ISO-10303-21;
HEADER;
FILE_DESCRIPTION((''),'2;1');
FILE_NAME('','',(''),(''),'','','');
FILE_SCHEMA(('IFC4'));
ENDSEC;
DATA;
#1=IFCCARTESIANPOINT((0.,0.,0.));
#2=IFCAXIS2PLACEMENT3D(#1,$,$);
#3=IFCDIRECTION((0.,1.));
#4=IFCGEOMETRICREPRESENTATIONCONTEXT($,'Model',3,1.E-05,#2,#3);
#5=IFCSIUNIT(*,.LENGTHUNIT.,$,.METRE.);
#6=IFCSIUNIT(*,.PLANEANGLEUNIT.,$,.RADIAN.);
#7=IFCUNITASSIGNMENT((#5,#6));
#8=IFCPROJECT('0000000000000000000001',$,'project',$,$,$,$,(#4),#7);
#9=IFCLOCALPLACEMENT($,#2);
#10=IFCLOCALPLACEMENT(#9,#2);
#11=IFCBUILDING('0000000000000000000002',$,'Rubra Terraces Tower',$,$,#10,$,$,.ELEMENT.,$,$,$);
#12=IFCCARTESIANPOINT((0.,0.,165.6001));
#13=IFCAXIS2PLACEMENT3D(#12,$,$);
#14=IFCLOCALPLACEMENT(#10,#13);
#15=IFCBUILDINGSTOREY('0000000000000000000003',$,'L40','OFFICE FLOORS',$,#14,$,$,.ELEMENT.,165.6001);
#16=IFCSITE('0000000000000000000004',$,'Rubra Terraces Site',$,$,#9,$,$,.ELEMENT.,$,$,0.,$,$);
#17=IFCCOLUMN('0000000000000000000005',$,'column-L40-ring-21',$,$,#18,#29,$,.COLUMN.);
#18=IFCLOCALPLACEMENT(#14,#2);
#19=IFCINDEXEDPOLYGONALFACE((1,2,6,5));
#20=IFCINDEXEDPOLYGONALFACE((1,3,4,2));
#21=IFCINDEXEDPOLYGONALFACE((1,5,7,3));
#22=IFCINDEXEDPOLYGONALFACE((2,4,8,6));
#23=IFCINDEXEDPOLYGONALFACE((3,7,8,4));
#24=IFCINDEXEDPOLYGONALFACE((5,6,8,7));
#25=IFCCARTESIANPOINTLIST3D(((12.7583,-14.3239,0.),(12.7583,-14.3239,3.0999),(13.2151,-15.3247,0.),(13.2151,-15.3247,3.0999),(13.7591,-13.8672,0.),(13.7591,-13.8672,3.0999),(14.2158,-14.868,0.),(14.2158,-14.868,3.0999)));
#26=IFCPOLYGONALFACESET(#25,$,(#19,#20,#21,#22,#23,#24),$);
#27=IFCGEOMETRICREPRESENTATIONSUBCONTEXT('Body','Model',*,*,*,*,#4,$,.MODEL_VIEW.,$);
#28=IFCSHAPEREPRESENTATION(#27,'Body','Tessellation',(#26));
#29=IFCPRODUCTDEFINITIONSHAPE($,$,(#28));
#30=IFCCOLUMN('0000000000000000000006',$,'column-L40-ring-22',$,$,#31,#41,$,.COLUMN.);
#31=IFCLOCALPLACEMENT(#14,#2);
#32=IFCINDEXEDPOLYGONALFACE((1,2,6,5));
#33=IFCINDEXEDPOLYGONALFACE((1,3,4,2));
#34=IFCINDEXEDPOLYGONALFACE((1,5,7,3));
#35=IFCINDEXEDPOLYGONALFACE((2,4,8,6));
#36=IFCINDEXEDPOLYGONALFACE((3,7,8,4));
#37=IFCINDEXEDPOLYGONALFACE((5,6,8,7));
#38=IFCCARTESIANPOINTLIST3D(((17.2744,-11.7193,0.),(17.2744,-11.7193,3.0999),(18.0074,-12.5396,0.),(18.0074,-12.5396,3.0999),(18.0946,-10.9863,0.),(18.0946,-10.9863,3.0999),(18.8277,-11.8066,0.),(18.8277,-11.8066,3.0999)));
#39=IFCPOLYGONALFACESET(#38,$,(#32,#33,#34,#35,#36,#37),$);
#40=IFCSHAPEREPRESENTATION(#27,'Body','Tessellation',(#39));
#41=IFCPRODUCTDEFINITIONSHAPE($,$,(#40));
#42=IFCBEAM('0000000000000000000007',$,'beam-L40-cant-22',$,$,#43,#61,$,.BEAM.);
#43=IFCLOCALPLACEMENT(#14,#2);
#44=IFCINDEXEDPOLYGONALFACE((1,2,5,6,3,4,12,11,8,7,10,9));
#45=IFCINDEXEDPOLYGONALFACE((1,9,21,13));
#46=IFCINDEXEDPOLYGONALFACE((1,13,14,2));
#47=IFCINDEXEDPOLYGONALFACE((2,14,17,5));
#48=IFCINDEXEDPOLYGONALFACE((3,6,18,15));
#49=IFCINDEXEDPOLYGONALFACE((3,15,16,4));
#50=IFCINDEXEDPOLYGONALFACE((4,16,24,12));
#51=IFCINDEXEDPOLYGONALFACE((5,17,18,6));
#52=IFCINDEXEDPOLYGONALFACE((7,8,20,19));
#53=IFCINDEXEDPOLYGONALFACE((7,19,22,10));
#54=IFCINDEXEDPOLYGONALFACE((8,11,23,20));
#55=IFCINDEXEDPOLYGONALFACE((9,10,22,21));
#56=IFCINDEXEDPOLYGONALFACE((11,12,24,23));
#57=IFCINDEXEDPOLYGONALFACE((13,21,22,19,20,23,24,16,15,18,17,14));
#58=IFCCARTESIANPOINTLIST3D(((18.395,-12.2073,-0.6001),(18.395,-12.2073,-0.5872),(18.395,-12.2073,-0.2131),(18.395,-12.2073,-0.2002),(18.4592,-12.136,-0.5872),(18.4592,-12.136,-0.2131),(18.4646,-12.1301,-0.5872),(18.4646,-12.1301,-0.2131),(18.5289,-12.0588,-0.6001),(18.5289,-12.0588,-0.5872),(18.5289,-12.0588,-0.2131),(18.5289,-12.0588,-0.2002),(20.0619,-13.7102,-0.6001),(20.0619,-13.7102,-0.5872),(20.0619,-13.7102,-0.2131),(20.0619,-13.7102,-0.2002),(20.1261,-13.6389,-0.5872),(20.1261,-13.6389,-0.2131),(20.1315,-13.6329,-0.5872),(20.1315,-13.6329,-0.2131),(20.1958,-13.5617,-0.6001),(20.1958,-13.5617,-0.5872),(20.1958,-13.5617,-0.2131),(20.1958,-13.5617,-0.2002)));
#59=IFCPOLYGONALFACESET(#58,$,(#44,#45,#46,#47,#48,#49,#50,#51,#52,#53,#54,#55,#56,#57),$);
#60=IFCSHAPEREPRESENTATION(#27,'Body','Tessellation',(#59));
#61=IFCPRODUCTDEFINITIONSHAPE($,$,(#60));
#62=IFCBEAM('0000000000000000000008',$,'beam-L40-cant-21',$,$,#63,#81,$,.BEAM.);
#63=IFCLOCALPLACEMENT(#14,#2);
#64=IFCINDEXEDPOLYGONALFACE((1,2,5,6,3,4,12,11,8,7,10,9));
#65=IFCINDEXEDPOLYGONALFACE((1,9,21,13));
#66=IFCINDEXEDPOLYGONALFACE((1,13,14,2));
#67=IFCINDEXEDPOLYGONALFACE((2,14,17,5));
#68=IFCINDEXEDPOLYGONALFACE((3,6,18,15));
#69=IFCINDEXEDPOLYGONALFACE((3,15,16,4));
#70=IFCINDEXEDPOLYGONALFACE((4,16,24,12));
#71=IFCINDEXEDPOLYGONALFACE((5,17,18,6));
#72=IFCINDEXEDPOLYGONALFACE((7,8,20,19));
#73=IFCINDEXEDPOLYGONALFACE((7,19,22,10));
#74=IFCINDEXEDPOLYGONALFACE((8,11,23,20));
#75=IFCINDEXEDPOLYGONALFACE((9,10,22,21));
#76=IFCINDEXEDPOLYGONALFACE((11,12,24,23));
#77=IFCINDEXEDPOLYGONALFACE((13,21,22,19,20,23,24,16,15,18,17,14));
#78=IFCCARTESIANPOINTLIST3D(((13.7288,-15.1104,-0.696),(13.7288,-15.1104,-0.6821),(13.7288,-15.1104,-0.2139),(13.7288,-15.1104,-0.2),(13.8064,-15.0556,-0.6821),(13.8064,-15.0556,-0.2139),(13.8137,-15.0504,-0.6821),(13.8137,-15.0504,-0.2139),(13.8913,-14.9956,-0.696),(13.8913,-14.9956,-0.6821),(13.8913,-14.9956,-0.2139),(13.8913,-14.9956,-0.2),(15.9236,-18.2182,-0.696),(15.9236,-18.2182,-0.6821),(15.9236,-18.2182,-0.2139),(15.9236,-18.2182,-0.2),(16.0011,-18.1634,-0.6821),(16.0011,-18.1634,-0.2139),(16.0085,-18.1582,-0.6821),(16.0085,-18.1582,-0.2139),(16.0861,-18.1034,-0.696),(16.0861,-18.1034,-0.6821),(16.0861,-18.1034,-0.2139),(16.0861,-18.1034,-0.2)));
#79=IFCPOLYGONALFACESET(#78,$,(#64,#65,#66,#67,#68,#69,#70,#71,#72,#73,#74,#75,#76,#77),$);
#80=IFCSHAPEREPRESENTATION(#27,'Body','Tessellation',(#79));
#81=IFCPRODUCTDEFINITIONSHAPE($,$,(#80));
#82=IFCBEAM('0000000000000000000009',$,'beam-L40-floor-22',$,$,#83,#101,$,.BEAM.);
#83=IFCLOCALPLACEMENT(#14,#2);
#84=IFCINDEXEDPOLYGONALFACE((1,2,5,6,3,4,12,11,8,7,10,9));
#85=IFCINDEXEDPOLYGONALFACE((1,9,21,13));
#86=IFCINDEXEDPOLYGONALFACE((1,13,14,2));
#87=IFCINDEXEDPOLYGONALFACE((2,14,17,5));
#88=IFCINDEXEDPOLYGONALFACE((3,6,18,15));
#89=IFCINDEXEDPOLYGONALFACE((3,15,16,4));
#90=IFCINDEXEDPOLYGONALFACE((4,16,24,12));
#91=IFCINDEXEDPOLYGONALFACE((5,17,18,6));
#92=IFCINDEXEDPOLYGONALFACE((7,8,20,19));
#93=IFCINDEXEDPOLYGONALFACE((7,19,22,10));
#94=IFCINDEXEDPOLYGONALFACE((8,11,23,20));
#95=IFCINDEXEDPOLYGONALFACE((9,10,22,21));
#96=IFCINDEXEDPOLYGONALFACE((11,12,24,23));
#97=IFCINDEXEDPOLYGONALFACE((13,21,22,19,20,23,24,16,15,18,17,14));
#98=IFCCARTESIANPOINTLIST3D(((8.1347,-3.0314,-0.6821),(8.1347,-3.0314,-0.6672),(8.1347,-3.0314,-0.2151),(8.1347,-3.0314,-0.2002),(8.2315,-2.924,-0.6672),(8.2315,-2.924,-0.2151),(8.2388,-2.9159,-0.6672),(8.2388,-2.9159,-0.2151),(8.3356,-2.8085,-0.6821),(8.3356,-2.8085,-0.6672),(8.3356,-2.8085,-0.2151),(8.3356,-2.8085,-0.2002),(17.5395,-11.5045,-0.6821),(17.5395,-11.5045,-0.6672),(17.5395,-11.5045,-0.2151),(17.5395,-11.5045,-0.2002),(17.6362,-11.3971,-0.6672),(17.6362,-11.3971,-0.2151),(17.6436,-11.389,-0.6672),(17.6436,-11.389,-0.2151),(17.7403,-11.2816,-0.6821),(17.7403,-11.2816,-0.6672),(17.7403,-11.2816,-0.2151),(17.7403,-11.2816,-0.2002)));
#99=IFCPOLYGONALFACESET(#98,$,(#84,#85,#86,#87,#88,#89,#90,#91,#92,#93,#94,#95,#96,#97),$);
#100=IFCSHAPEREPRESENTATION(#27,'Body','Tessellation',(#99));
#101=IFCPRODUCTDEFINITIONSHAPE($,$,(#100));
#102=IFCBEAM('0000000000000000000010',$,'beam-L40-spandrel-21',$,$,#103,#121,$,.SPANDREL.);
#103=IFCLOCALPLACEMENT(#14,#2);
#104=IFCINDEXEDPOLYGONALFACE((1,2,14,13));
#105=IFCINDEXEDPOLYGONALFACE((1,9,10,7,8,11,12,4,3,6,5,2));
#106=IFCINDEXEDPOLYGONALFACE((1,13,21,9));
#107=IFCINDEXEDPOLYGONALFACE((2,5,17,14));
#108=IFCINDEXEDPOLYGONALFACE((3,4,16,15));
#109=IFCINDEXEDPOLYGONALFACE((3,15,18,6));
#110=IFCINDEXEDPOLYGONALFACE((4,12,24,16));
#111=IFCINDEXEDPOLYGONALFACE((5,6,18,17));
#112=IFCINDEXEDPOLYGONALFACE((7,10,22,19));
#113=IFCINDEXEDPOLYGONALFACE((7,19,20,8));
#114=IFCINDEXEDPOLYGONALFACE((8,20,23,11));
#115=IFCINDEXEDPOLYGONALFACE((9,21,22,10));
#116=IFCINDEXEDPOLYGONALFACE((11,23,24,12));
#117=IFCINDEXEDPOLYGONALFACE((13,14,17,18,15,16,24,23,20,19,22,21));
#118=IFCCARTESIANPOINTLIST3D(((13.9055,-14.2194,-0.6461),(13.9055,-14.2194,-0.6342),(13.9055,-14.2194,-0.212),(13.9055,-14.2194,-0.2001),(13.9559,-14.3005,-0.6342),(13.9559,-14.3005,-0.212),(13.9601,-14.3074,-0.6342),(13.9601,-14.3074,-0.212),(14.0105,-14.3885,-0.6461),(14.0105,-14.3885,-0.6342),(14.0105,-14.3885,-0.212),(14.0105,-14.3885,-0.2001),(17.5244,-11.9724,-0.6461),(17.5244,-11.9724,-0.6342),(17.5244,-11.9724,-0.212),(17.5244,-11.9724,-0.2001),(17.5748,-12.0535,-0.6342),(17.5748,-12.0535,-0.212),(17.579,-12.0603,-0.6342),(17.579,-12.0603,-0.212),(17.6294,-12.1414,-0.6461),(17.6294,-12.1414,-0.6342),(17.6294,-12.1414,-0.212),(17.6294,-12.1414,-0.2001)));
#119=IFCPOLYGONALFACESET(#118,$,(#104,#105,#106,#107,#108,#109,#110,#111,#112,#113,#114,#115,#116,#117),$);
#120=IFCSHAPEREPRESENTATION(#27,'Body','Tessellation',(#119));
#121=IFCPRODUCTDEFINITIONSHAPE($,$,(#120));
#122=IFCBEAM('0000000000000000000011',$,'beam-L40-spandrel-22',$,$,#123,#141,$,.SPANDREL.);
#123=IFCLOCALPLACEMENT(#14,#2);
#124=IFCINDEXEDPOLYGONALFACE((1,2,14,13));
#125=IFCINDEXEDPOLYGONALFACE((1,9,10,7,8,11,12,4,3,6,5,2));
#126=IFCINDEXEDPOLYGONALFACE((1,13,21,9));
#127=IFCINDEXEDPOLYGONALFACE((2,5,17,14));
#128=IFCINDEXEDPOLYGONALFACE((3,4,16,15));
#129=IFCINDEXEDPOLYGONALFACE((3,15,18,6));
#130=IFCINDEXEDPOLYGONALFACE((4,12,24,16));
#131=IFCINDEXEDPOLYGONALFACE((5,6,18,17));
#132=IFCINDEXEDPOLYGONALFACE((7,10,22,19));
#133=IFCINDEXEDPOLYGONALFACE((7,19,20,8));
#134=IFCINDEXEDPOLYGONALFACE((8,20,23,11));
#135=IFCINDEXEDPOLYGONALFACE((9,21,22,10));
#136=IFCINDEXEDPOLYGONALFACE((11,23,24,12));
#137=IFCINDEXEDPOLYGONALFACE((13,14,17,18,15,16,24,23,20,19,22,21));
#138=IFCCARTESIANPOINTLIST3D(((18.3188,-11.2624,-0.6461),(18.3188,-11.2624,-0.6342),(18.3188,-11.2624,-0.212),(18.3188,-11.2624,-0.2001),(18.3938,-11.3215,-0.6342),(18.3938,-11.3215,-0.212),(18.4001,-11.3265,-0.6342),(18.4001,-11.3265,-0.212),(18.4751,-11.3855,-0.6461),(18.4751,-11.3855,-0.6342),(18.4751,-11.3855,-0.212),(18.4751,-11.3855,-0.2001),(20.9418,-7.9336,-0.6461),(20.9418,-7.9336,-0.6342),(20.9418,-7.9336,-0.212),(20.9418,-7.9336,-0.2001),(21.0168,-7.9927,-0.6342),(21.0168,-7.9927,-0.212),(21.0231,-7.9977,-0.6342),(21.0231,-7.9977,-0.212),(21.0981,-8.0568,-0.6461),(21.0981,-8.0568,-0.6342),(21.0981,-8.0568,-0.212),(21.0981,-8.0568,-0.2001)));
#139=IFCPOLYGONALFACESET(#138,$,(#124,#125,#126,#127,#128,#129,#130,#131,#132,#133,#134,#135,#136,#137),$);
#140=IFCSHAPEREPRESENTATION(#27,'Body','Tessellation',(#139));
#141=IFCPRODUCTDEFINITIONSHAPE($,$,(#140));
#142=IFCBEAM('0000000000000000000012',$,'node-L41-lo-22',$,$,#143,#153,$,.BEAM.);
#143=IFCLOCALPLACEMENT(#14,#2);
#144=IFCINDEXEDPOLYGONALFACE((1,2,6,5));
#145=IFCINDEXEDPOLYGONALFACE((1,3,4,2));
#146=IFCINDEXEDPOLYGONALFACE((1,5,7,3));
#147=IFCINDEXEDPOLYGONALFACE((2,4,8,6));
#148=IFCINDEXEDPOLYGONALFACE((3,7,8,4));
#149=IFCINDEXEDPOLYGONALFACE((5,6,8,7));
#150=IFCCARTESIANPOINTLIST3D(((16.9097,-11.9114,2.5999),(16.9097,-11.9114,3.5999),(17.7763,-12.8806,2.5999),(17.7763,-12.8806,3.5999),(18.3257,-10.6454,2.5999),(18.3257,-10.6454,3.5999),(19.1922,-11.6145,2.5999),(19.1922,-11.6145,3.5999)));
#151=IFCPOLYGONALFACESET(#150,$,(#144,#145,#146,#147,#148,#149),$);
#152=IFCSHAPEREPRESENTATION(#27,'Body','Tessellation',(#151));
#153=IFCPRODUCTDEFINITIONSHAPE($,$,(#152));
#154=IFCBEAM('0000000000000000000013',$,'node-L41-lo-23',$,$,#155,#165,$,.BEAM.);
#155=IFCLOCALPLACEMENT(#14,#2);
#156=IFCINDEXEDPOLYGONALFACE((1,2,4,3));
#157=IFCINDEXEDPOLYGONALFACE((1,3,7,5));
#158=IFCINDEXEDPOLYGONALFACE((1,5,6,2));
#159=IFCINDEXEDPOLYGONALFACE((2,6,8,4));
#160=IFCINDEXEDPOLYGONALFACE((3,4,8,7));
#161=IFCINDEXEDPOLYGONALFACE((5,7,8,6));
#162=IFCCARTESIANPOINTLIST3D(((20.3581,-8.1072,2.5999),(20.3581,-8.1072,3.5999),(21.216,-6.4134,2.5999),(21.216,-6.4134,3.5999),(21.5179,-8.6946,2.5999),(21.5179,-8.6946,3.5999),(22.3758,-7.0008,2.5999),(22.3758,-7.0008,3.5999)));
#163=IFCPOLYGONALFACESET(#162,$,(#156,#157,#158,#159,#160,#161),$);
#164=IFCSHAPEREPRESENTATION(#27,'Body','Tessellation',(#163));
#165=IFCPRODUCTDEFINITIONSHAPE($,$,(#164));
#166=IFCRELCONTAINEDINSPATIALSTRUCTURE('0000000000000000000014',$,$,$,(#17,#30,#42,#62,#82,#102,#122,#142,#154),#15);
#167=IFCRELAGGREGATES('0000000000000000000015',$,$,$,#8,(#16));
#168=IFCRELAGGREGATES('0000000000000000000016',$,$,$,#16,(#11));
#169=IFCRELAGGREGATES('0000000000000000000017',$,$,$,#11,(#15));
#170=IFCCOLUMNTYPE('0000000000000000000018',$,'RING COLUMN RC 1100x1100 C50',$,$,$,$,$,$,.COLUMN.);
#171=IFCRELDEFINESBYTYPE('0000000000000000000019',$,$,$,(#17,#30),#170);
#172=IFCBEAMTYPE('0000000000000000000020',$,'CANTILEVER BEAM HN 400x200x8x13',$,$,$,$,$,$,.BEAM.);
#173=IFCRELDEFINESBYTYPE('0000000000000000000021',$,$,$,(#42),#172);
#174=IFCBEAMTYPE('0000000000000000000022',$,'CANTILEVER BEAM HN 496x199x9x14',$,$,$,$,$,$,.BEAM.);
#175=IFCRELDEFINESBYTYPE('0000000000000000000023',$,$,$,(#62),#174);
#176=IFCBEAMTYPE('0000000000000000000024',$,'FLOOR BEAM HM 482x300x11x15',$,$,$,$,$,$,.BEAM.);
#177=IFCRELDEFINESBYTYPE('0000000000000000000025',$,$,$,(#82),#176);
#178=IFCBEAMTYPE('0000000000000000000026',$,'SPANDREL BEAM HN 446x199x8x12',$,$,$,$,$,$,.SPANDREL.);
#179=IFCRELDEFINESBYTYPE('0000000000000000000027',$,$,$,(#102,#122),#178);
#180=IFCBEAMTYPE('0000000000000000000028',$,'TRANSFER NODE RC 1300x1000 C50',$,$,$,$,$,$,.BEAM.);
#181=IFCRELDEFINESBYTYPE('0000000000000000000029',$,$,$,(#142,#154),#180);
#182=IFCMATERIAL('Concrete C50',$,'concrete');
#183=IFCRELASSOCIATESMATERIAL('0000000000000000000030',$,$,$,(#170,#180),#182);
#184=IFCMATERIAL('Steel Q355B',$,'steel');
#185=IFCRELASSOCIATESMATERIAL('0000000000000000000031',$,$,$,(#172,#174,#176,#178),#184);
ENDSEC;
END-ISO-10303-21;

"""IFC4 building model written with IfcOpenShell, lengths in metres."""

from ifc_helpers import new_model, si_unit, direction, frame, origin, origin_2d, place, context, subcontext, project, spatial, rectangle, i_section, extrude, material, material_profile, profile_set, type_object, element, save


model = new_model("IFC4")

# Units and contexts
model_context = context("Model", 3, precision=1e-05, world=origin(), true_north=direction((0.0, 1.0)))
body_context = subcontext(model_context, "Body", "Model", "MODEL_VIEW")
ifc_project = project(units=[si_unit("LENGTHUNIT", "METRE"), si_unit("PLANEANGLEUNIT", "RADIAN")], contexts=[model_context])

# Site, building, storey
site_placement = place(None, origin())
site = spatial("IfcSite", under=ifc_project, at=site_placement, Name="Rubra Terraces Site", CompositionType="ELEMENT", RefElevation=0.0)
building_placement = place(site_placement, origin())
building = spatial("IfcBuilding", under=site, at=building_placement, Name="Rubra Terraces Tower", CompositionType="ELEMENT")
storey_placement = place(building_placement, frame((0.0, 0.0, 165.6001)))
storey = spatial("IfcBuildingStorey", under=building, at=storey_placement, Name="L40", Description="OFFICE FLOORS", CompositionType="ELEMENT", Elevation=165.6001)

# Columns
ifc_material_1 = material(Name="Concrete C50", Category="concrete")
ifc_material_profile_1 = material_profile(ifc_material_1, rectangle(XDim=1.1001, YDim=1.1001, at=origin_2d()), Name="RC 1100x1100")
ifc_profile_set_1 = profile_set([ifc_material_profile_1], Name="Concrete C50")
column_type = type_object("IfcColumnType", Name="RING COLUMN RC 1100x1100 C50", PredefinedType="COLUMN", material=ifc_profile_set_1)
for number, where, z_axis, x_axis, name in (
    (1, (13.4871, -14.5959, 0.0), (0.0, 0.0, 1.0), (0.909726, 0.415208, 0.0), "column-L40-ring-21"),
    (2, (18.051, -11.7629, 0.0), (0.0, 0.0, 1.0), (0.745642, 0.666347, 0.0), "column-L40-ring-22"),
):
    element("IfcColumn", number, at=place(storey_placement, frame(where, z_axis=z_axis, x_axis=x_axis)), inside=storey, type_object=column_type, Name=name, PredefinedType="COLUMN", context=body_context, shape_type="SweptSolid", body=[
        extrude(rectangle(XDim=1.1001, YDim=1.1001, at=origin_2d()), origin(), (0.0, 0.0, 1.0), 3.0999),
    ])

# Beams
ifc_material_2 = material(Name="Steel Q355B", Category="steel")
ifc_material_profile_2 = material_profile(ifc_material_2, i_section(OverallWidth=0.2, OverallDepth=0.3999, WebThickness=0.0081, FlangeThickness=0.0129, at=origin_2d()), Name="HN 400x200x8x13")
ifc_profile_set_2 = profile_set([ifc_material_profile_2], Name="Steel Q355B")
beam_type_1 = type_object("IfcBeamType", Name="CANTILEVER BEAM HN 400x200x8x13", PredefinedType="BEAM", material=ifc_profile_set_2)
beam_1_placement = place(storey_placement, frame((18.4619, -12.1331, -0.4001), z_axis=(0.74271, -0.669614, 0.0), x_axis=(0.669614, 0.74271, 0.0)))
element("IfcBeam", 3, at=beam_1_placement, inside=storey, type_object=beam_type_1, Name="beam-L40-cant-22", PredefinedType="BEAM", context=body_context, shape_type="SweptSolid", body=[
    extrude(i_section(OverallWidth=0.2, OverallDepth=0.3999, WebThickness=0.0081, FlangeThickness=0.0129, at=origin_2d()), origin(), (0.0, 0.0, 1.0), 2.2444),
])
ifc_material_profile_3 = material_profile(ifc_material_2, i_section(OverallWidth=0.199, OverallDepth=0.4961, WebThickness=0.009, FlangeThickness=0.0139, at=origin_2d()), Name="HN 496x199x9x14")
ifc_profile_set_3 = profile_set([ifc_material_profile_3], Name="Steel Q355B")
beam_type_2 = type_object("IfcBeamType", Name="CANTILEVER BEAM HN 496x199x9x14", PredefinedType="BEAM", material=ifc_profile_set_3)
beam_2_placement = place(storey_placement, frame((13.8101, -15.053, -0.448), z_axis=(0.57686, -0.816843, 0.0), x_axis=(0.816843, 0.57686, 0.0)))
element("IfcBeam", 4, at=beam_2_placement, inside=storey, type_object=beam_type_2, Name="beam-L40-cant-21", PredefinedType="BEAM", context=body_context, shape_type="SweptSolid", body=[
    extrude(i_section(OverallWidth=0.199, OverallDepth=0.4961, WebThickness=0.009, FlangeThickness=0.0139, at=origin_2d()), origin(), (0.0, 0.0, 1.0), 3.8047),
])
ifc_material_profile_4 = material_profile(ifc_material_2, i_section(OverallWidth=0.3, OverallDepth=0.4819, WebThickness=0.011, FlangeThickness=0.0149, at=origin_2d()), Name="HM 482x300x11x15")
ifc_profile_set_4 = profile_set([ifc_material_profile_4], Name="Steel Q355B")
beam_type_3 = type_object("IfcBeamType", Name="FLOOR BEAM HM 482x300x11x15", PredefinedType="BEAM", material=ifc_profile_set_4)
beam_3_placement = place(storey_placement, frame((17.6399, -11.3931, -0.4412), z_axis=(-0.742947, 0.66935, 0.0), x_axis=(-0.66935, -0.742947, 0.0)))
element("IfcBeam", 5, at=beam_3_placement, inside=storey, type_object=beam_type_3, Name="beam-L40-floor-22", PredefinedType="BEAM", context=body_context, shape_type="SweptSolid", body=[
    extrude(i_section(OverallWidth=0.3, OverallDepth=0.4819, WebThickness=0.011, FlangeThickness=0.0149, at=origin_2d()), origin(), (0.0, 0.0, 1.0), 12.6587),
])
ifc_material_profile_5 = material_profile(ifc_material_2, i_section(OverallWidth=0.199, OverallDepth=0.446, WebThickness=0.0081, FlangeThickness=0.012, at=origin_2d()), Name="HN 446x199x8x12")
ifc_profile_set_5 = profile_set([ifc_material_profile_5], Name="Steel Q355B")
beam_type_4 = type_object("IfcBeamType", Name="SPANDREL BEAM HN 446x199x8x12", PredefinedType="SPANDREL", material=ifc_profile_set_5)
beam_4_placement = place(storey_placement, frame((13.958, -14.304, -0.4231), z_axis=(0.84955, 0.527508, 0.0), x_axis=(-0.527508, 0.84955, 0.0)))
element("IfcBeam", 6, at=beam_4_placement, inside=storey, type_object=beam_type_4, Name="beam-L40-spandrel-21", PredefinedType="SPANDREL", context=body_context, shape_type="SweptSolid", body=[
    extrude(i_section(OverallWidth=0.199, OverallDepth=0.446, WebThickness=0.0081, FlangeThickness=0.012, at=origin_2d()), origin(), (0.0, 0.0, 1.0), 4.2598),
])
beam_5_placement = place(storey_placement, frame((18.397, -11.324, -0.4231), z_axis=(0.618917, 0.785456, 0.0), x_axis=(-0.785456, 0.618917, 0.0)))
element("IfcBeam", 7, at=beam_5_placement, inside=storey, type_object=beam_type_4, Name="beam-L40-spandrel-22", PredefinedType="SPANDREL", context=body_context, shape_type="SweptSolid", body=[
    extrude(i_section(OverallWidth=0.199, OverallDepth=0.446, WebThickness=0.0081, FlangeThickness=0.012, at=origin_2d()), origin(), (0.0, 0.0, 1.0), 4.238),
])
ifc_material_profile_6 = material_profile(ifc_material_1, rectangle(XDim=1.3, YDim=1.0, at=origin_2d()), Name="RC 1300x1000")
ifc_profile_set_6 = profile_set([ifc_material_profile_6], Name="Concrete C50")
beam_type_5 = type_object("IfcBeamType", Name="TRANSFER NODE RC 1300x1000 C50", PredefinedType="BEAM", material=ifc_profile_set_6)
beam_6_placement = place(storey_placement, frame((17.343, -12.396, 3.0999), z_axis=(0.745463, 0.666547, 0.0), x_axis=(-0.666547, 0.745463, 0.0)))
element("IfcBeam", 8, at=beam_6_placement, inside=storey, type_object=beam_type_5, Name="node-L41-lo-22", PredefinedType="BEAM", context=body_context, shape_type="SweptSolid", body=[
    extrude(rectangle(XDim=1.3, YDim=1.0, at=origin_2d()), origin(), (0.0, 0.0, 1.0), 1.8994),
])
beam_7_placement = place(storey_placement, frame((20.938, -8.4009, 3.0999), z_axis=(0.451837, 0.892101, 0.0), x_axis=(-0.892101, 0.451837, 0.0)))
element("IfcBeam", 9, at=beam_7_placement, inside=storey, type_object=beam_type_5, Name="node-L41-lo-23", PredefinedType="BEAM", context=body_context, shape_type="SweptSolid", body=[
    extrude(rectangle(XDim=1.3, YDim=1.0, at=origin_2d()), origin(), (0.0, 0.0, 1.0), 1.8987),
])

save(model, "model.ifc")
